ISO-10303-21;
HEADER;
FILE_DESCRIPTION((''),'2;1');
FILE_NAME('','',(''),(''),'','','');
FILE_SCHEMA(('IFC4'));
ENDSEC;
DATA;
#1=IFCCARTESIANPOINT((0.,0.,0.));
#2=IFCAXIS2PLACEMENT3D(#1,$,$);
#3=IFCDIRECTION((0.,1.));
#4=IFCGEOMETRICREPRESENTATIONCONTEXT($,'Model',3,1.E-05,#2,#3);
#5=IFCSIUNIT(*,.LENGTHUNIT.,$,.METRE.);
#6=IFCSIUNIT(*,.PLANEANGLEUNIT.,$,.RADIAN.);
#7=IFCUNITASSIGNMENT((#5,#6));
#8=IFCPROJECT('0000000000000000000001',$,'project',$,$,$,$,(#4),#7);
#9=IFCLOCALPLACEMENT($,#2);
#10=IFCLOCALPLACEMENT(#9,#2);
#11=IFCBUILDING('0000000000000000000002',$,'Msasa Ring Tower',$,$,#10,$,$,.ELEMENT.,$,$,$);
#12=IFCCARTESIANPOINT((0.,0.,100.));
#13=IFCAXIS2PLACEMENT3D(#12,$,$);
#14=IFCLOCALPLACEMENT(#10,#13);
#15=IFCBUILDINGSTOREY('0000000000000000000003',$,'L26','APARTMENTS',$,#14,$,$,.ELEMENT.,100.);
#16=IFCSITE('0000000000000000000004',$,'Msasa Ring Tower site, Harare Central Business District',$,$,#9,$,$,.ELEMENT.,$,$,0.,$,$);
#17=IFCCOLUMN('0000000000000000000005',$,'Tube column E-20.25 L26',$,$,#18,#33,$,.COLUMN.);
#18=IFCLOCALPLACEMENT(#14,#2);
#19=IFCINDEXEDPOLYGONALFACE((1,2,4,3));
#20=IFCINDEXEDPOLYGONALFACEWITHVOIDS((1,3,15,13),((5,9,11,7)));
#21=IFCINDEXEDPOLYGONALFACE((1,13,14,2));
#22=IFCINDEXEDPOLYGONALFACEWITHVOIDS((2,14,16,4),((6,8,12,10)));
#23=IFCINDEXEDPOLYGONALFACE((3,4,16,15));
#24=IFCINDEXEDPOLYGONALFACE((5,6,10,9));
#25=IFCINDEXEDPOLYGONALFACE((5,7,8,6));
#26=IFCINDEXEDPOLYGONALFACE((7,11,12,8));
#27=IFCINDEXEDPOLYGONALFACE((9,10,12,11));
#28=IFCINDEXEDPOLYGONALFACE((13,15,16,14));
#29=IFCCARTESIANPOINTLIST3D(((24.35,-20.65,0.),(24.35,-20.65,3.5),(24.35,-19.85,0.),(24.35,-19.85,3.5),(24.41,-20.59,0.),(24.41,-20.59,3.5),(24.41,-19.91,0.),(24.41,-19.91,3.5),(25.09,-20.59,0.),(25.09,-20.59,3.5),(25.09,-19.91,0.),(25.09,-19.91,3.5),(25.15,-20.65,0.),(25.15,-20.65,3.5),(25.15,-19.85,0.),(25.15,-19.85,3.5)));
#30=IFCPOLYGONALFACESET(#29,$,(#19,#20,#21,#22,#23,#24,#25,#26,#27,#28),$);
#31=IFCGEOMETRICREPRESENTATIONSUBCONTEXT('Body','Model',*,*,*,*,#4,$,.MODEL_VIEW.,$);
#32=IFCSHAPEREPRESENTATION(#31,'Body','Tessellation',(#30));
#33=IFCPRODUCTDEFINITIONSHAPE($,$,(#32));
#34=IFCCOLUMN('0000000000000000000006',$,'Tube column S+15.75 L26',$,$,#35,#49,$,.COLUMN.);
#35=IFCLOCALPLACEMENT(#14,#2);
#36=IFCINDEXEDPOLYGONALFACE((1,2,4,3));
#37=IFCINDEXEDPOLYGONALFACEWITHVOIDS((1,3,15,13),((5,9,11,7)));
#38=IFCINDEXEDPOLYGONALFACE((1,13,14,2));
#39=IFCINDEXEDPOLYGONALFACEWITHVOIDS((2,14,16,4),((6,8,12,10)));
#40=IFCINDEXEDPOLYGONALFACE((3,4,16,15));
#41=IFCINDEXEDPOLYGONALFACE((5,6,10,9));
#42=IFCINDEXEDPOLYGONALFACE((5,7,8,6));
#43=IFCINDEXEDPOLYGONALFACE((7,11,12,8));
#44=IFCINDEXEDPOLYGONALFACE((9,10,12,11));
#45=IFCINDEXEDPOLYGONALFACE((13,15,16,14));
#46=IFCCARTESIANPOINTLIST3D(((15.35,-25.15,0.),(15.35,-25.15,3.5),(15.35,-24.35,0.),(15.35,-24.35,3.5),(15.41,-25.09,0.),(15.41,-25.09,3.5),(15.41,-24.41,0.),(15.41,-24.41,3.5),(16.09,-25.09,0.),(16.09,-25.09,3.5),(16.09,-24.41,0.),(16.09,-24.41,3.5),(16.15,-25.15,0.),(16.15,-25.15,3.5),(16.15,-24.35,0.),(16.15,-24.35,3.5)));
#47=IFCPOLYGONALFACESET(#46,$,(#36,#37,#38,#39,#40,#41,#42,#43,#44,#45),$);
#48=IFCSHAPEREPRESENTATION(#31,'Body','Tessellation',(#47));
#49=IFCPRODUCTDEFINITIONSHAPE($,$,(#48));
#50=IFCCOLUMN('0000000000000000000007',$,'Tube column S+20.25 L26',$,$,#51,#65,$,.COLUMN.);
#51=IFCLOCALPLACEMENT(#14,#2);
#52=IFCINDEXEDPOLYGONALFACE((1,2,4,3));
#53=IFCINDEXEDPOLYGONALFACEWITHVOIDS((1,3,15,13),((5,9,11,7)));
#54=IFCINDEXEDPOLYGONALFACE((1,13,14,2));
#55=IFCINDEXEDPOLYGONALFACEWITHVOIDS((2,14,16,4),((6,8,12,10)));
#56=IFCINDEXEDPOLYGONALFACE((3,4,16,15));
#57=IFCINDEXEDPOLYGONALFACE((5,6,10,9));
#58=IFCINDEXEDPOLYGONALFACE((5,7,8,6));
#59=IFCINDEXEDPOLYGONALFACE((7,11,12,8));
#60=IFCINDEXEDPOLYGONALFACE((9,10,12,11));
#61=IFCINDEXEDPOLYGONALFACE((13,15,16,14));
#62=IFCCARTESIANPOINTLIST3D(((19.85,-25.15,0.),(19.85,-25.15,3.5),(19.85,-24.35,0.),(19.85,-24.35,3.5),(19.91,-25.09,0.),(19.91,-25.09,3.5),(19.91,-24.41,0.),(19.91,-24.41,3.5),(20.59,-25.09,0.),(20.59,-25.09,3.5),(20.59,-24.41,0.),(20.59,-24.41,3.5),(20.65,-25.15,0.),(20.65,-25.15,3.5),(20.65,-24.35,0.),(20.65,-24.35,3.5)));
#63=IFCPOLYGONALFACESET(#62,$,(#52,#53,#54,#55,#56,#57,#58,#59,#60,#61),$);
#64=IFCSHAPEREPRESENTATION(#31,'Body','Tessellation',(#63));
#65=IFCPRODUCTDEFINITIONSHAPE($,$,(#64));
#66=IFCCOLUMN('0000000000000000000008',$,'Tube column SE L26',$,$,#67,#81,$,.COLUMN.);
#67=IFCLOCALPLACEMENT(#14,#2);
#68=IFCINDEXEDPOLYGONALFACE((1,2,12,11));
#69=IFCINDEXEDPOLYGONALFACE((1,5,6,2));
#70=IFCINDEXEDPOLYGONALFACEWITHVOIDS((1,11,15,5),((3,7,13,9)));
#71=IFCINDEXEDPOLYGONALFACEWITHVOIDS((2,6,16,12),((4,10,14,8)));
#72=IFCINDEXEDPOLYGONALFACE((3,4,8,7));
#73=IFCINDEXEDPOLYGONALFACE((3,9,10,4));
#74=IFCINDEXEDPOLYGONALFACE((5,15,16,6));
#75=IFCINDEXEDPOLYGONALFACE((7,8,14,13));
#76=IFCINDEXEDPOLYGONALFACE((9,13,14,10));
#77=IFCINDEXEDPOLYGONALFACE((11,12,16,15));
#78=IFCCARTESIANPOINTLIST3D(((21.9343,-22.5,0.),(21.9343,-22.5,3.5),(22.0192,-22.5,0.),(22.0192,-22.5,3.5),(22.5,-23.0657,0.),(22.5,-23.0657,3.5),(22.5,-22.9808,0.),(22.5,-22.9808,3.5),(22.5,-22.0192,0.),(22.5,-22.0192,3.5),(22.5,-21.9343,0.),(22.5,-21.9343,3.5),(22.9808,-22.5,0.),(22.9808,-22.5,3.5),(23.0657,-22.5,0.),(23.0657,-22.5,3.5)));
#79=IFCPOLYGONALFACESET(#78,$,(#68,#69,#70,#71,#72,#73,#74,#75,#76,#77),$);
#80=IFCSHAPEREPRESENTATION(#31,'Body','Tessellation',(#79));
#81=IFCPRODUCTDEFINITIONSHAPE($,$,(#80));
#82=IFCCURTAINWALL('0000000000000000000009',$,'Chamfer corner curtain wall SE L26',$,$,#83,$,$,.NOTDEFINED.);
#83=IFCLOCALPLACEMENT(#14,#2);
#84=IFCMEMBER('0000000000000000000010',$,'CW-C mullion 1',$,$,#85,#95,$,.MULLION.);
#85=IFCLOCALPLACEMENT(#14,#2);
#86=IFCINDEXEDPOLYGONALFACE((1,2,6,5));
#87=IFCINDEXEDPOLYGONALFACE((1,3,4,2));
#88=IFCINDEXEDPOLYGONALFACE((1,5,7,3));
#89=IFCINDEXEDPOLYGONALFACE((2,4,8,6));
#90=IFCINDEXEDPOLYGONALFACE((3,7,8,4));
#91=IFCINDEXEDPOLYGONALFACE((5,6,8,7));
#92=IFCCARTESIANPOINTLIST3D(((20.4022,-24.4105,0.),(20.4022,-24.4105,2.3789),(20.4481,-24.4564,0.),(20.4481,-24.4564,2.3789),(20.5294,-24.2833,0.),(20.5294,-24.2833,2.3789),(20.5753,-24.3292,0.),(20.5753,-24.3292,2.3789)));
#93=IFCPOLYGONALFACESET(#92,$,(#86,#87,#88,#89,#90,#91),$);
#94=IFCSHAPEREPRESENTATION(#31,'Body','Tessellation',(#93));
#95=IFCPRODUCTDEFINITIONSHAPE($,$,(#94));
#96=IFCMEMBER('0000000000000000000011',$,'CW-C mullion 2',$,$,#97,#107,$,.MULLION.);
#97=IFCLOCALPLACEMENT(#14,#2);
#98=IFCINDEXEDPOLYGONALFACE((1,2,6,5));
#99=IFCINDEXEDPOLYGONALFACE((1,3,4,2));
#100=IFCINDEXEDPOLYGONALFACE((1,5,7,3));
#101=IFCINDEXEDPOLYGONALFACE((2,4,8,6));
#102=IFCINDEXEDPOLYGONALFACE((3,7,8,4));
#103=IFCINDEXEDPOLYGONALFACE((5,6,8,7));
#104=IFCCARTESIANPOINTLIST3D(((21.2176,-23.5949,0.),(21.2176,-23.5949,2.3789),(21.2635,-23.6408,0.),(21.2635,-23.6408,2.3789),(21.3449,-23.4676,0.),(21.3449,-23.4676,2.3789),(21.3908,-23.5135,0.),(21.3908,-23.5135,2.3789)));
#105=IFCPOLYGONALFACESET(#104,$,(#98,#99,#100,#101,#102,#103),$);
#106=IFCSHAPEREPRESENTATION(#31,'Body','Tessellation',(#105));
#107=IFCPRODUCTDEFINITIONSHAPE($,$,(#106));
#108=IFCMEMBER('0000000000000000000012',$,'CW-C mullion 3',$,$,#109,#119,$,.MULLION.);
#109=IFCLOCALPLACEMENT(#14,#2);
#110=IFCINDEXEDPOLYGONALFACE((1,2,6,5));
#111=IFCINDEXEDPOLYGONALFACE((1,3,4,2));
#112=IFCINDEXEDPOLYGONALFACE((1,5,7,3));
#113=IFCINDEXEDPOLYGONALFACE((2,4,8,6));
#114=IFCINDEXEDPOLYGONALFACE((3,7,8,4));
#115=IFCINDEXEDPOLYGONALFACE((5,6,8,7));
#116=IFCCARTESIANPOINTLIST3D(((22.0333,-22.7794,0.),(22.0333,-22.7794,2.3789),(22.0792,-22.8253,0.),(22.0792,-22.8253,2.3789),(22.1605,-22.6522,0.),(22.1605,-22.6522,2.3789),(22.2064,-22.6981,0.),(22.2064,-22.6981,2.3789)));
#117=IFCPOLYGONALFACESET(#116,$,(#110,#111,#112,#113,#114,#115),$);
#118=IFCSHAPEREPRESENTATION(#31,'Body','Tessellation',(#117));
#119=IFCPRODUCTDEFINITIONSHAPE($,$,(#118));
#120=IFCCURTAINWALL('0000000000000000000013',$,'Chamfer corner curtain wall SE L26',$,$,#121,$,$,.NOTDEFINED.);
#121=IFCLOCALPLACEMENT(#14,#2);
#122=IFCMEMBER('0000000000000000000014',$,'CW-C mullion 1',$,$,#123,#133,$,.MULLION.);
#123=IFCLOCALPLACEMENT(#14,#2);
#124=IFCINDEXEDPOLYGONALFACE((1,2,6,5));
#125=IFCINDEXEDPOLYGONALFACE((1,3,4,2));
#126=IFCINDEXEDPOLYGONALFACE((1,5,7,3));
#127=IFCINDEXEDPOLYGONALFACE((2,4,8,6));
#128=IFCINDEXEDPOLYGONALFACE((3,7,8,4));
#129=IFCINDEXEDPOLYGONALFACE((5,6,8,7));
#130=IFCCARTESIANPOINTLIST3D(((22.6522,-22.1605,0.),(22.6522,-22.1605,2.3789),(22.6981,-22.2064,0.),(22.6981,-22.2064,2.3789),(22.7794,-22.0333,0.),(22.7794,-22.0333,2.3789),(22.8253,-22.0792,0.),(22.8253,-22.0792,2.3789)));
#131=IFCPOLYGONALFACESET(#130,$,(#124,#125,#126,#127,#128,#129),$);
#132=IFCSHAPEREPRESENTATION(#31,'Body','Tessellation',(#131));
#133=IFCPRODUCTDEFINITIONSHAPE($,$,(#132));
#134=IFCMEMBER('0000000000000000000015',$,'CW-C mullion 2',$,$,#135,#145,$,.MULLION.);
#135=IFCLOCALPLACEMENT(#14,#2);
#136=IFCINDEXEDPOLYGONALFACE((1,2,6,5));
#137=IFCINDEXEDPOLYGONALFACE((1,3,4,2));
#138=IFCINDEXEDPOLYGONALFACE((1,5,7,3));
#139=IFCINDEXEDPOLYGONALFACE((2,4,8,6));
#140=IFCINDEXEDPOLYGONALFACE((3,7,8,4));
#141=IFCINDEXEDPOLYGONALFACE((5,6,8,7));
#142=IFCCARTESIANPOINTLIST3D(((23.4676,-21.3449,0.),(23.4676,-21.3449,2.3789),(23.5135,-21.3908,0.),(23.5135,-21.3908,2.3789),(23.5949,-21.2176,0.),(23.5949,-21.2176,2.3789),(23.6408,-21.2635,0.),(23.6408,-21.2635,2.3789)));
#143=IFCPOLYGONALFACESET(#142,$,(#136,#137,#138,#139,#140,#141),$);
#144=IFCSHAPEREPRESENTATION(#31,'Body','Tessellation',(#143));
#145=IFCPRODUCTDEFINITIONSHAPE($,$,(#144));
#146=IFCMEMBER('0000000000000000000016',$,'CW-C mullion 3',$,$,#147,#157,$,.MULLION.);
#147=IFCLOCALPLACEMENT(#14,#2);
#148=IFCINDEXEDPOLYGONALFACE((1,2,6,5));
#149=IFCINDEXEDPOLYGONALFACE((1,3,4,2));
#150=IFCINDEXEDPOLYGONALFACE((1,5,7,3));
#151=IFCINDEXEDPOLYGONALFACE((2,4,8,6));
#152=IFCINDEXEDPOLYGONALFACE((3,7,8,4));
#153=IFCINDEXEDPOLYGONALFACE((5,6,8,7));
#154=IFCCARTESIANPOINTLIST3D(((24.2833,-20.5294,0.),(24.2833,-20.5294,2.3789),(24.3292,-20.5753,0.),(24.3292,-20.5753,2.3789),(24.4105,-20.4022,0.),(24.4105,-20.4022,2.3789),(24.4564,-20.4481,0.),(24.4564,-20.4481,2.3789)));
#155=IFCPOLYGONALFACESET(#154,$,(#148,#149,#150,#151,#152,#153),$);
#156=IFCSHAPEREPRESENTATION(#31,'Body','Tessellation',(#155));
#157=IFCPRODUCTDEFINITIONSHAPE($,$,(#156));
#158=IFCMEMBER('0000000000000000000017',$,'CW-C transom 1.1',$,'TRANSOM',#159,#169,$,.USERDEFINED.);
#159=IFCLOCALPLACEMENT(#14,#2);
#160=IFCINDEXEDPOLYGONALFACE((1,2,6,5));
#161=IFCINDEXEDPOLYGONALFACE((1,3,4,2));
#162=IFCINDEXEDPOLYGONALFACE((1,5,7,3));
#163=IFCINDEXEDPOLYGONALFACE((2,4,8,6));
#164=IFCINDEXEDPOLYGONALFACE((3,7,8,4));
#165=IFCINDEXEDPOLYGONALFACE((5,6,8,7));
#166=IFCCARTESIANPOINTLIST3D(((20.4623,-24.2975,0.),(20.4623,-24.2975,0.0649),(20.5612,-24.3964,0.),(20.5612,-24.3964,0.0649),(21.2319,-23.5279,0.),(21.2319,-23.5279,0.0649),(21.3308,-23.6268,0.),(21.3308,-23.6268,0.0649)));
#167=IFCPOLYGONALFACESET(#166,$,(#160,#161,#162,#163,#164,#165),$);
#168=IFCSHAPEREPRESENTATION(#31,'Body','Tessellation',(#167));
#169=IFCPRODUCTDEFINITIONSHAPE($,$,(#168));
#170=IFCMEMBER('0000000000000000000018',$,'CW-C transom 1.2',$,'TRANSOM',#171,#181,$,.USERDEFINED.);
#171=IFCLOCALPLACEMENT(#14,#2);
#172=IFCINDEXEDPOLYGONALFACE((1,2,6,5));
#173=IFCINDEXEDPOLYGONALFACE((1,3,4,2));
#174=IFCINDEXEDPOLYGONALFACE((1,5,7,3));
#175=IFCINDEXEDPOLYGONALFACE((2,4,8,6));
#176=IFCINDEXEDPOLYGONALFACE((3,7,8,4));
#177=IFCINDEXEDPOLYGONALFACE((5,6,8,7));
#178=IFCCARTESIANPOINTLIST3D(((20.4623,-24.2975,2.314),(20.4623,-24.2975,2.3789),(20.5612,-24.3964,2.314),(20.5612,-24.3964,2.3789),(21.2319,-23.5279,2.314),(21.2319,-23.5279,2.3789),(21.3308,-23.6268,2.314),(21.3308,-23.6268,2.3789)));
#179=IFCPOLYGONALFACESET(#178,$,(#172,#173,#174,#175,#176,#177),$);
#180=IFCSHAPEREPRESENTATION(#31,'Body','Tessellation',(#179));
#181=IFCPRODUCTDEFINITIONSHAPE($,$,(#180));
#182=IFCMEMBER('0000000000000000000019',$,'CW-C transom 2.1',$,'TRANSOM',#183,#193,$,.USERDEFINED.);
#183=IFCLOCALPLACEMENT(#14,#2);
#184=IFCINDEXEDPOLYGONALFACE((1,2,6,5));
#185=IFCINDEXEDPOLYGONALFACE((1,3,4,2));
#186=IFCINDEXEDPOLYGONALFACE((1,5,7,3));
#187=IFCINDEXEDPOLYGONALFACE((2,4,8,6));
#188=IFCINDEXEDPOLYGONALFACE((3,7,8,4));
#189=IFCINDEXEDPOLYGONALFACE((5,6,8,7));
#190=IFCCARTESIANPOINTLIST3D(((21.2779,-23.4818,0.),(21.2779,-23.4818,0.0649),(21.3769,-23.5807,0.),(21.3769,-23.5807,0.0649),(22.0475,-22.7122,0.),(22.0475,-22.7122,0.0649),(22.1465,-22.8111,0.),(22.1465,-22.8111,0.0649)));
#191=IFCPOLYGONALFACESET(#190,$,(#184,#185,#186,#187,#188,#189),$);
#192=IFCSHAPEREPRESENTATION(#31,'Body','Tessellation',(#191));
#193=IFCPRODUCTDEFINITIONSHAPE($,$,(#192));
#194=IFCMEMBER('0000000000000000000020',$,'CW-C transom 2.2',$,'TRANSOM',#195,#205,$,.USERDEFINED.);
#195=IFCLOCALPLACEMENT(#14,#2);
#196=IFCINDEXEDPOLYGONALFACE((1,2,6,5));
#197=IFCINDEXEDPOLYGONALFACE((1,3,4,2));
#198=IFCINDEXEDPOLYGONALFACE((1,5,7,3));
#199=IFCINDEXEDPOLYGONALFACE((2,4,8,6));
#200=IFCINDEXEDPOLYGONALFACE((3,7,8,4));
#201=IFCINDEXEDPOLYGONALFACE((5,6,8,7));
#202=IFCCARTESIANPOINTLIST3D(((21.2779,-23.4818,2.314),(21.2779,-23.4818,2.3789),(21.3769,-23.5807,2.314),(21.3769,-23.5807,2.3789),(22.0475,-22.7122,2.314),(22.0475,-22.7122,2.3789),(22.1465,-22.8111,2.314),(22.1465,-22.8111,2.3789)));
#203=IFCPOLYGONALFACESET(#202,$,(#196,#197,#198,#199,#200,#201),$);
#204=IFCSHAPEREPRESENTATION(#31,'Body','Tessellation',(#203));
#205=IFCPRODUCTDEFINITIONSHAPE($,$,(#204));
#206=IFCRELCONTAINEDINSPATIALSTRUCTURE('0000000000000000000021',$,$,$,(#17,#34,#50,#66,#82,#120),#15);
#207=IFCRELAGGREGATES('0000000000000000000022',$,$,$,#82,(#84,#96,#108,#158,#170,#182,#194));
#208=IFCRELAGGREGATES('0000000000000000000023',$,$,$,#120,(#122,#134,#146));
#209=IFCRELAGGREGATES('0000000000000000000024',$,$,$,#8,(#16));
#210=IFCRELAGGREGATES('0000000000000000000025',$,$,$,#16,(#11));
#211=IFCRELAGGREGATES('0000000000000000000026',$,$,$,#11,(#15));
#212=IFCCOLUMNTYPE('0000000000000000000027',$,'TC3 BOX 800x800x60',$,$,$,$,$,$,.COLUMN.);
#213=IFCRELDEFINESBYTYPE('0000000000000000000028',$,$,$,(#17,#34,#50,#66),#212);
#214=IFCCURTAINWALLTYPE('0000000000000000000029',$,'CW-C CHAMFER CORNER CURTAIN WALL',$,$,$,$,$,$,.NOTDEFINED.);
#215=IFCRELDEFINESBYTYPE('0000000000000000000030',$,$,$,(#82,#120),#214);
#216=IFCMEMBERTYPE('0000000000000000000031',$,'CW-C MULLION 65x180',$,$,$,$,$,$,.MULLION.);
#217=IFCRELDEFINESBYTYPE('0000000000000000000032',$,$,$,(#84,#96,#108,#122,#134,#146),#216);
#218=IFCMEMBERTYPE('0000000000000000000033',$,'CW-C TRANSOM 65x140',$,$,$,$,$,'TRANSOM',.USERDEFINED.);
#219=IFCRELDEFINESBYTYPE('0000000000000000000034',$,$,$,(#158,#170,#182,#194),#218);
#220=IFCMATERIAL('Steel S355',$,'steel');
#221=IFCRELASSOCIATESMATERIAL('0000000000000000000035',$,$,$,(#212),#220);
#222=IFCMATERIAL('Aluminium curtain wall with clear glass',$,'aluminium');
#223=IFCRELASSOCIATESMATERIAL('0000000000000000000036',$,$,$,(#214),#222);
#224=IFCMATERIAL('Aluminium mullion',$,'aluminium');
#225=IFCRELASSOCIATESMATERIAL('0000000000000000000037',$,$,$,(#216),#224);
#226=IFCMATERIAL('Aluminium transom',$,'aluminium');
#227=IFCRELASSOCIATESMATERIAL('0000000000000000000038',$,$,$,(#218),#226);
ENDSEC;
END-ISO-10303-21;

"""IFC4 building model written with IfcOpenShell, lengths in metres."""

from ifc_helpers import new_model, si_unit, direction, frame, origin, origin_2d, place, context, subcontext, project, spatial, rectangle, hollow_rectangle, extrude, material, material_profile, profile_set, type_object, element, aggregate, save


model = new_model("IFC4")

# Units and contexts
model_context = context("Model", 3, precision=1e-05, world=origin(), true_north=direction((0.0, 1.0)))
body_context = subcontext(model_context, "Body", "Model", "MODEL_VIEW")
ifc_project = project(units=[si_unit("LENGTHUNIT", "METRE"), si_unit("PLANEANGLEUNIT", "RADIAN")], contexts=[model_context])

# Site, building, storey
site_placement = place(None, origin())
site = spatial("IfcSite", under=ifc_project, at=site_placement, Name="Msasa Ring Tower site, Harare Central Business District", CompositionType="ELEMENT", RefElevation=0.0)
building_placement = place(site_placement, origin())
building = spatial("IfcBuilding", under=site, at=building_placement, Name="Msasa Ring Tower", CompositionType="ELEMENT")
storey_placement = place(building_placement, frame((0.0, 0.0, 100.0)))
storey = spatial("IfcBuildingStorey", under=building, at=storey_placement, Name="L26", Description="APARTMENTS", CompositionType="ELEMENT", Elevation=100.0)

# Columns
ifc_material_1 = material(Name="Steel S355", Category="steel")
ifc_material_profile_1 = material_profile(ifc_material_1, hollow_rectangle(XDim=0.8, YDim=0.8, WallThickness=0.0601, at=origin_2d()), Name="BOX 800x800x60")
ifc_profile_set_1 = profile_set([ifc_material_profile_1], Name="Steel S355")
column_type = type_object("IfcColumnType", Name="TC3 BOX 800x800x60", PredefinedType="COLUMN", material=ifc_profile_set_1)
for number, where, z_axis, x_axis, name in (
    (1, (24.75, -20.25, 0.0), (0.0, 0.0, 1.0), (1.0, 0.0, 0.0), "Tube column E-20.25 L26"),
    (2, (15.75, -24.75, 0.0), (0.0, 0.0, 1.0), (0.0, 1.0, 0.0), "Tube column S+15.75 L26"),
    (3, (20.25, -24.75, 0.0), (0.0, 0.0, 1.0), (0.0, 1.0, 0.0), "Tube column S+20.25 L26"),
    (4, (22.5, -22.5, 0.0), (0.0, 0.0, 1.0), (0.707107, -0.707107, 0.0), "Tube column SE L26"),
):
    element("IfcColumn", number, at=place(storey_placement, frame(where, z_axis=z_axis, x_axis=x_axis)), inside=storey, type_object=column_type, Name=name, PredefinedType="COLUMN", context=body_context, shape_type="SweptSolid", body=[
        extrude(hollow_rectangle(XDim=0.8, YDim=0.8, WallThickness=0.0601, at=origin_2d()), origin(), (0.0, 0.0, 1.0), 3.5),
    ])

# Curtain walls, members
ifc_material_2 = material(Name="Aluminium curtain wall with clear glass", Category="aluminium")
curtain_wall_type = type_object("IfcCurtainWallType", Name="CW-C CHAMFER CORNER CURTAIN WALL", PredefinedType="NOTDEFINED", material=ifc_material_2)
curtain_wall_1_placement = place(storey_placement, origin())
curtain_wall_1 = element("IfcCurtainWall", 5, at=curtain_wall_1_placement, inside=storey, type_object=curtain_wall_type, Name="Chamfer corner curtain wall SE L26", PredefinedType="NOTDEFINED")
ifc_material_3 = material(Name="Aluminium mullion", Category="aluminium")
ifc_material_profile_2 = material_profile(ifc_material_3, rectangle(XDim=0.0649, YDim=0.1799, at=origin_2d()), Name="AL 65x180")
ifc_profile_set_2 = profile_set([ifc_material_profile_2], Name="Aluminium mullion")
member_type_1 = type_object("IfcMemberType", Name="CW-C MULLION 65x180", PredefinedType="MULLION", material=ifc_profile_set_2)
member_1_placement = place(storey_placement, frame((20.4888, -24.3699, 0.0), z_axis=(0.0, 0.0, 1.0), x_axis=(-0.707107, 0.707107, 0.0)))
member_1 = element("IfcMember", 6, at=member_1_placement, type_object=member_type_1, Name="CW-C mullion 1", PredefinedType="MULLION", context=body_context, shape_type="SweptSolid", body=[
    extrude(rectangle(XDim=0.0649, YDim=0.1799, at=origin_2d()), origin(), (0.0, 0.0, 1.0), 2.3789),
])
member_2_placement = place(storey_placement, frame((21.3042, -23.5542, 0.0), z_axis=(0.0, 0.0, 1.0), x_axis=(-0.707107, 0.707107, 0.0)))
member_2 = element("IfcMember", 7, at=member_2_placement, type_object=member_type_1, Name="CW-C mullion 2", PredefinedType="MULLION", context=body_context, shape_type="SweptSolid", body=[
    extrude(rectangle(XDim=0.0649, YDim=0.1799, at=origin_2d()), origin(), (0.0, 0.0, 1.0), 2.3789),
])
member_3_placement = place(storey_placement, frame((22.1199, -22.7388, 0.0), z_axis=(0.0, 0.0, 1.0), x_axis=(-0.707107, 0.707107, 0.0)))
member_3 = element("IfcMember", 8, at=member_3_placement, type_object=member_type_1, Name="CW-C mullion 3", PredefinedType="MULLION", context=body_context, shape_type="SweptSolid", body=[
    extrude(rectangle(XDim=0.0649, YDim=0.1799, at=origin_2d()), origin(), (0.0, 0.0, 1.0), 2.3789),
])
curtain_wall_2_placement = place(storey_placement, origin())
curtain_wall_2 = element("IfcCurtainWall", 9, at=curtain_wall_2_placement, inside=storey, type_object=curtain_wall_type, Name="Chamfer corner curtain wall SE L26", PredefinedType="NOTDEFINED")
member_4_placement = place(storey_placement, frame((22.7388, -22.1199, 0.0), z_axis=(0.0, 0.0, 1.0), x_axis=(-0.707107, 0.707107, 0.0)))
member_4 = element("IfcMember", 10, at=member_4_placement, type_object=member_type_1, Name="CW-C mullion 1", PredefinedType="MULLION", context=body_context, shape_type="SweptSolid", body=[
    extrude(rectangle(XDim=0.0649, YDim=0.1799, at=origin_2d()), origin(), (0.0, 0.0, 1.0), 2.3789),
])
member_5_placement = place(storey_placement, frame((23.5542, -21.3042, 0.0), z_axis=(0.0, 0.0, 1.0), x_axis=(-0.707107, 0.707107, 0.0)))
member_5 = element("IfcMember", 11, at=member_5_placement, type_object=member_type_1, Name="CW-C mullion 2", PredefinedType="MULLION", context=body_context, shape_type="SweptSolid", body=[
    extrude(rectangle(XDim=0.0649, YDim=0.1799, at=origin_2d()), origin(), (0.0, 0.0, 1.0), 2.3789),
])
member_6_placement = place(storey_placement, frame((24.3699, -20.4888, 0.0), z_axis=(0.0, 0.0, 1.0), x_axis=(-0.707107, 0.707107, 0.0)))
member_6 = element("IfcMember", 12, at=member_6_placement, type_object=member_type_1, Name="CW-C mullion 3", PredefinedType="MULLION", context=body_context, shape_type="SweptSolid", body=[
    extrude(rectangle(XDim=0.0649, YDim=0.1799, at=origin_2d()), origin(), (0.0, 0.0, 1.0), 2.3789),
])

# Members
ifc_material_4 = material(Name="Aluminium transom", Category="aluminium")
ifc_material_profile_3 = material_profile(ifc_material_4, rectangle(XDim=0.1399, YDim=0.0649, at=origin_2d()), Name="AL 65x140")
ifc_profile_set_3 = profile_set([ifc_material_profile_3], Name="Aluminium transom")
member_type_2 = type_object("IfcMemberType", Name="CW-C TRANSOM 65x140", ElementType="TRANSOM", PredefinedType="USERDEFINED", material=ifc_profile_set_3)
member_7_placement = place(storey_placement, frame((20.5117, -24.3469, 0.0325), z_axis=(0.707107, 0.707107, 0.0), x_axis=(-0.707107, 0.707107, 0.0)))
member_7 = element("IfcMember", 13, at=member_7_placement, type_object=member_type_2, Name="CW-C transom 1.1", ObjectType="TRANSOM", PredefinedType="USERDEFINED", context=body_context, shape_type="SweptSolid", body=[
    extrude(rectangle(XDim=0.1399, YDim=0.0649, at=origin_2d()), origin(), (0.0, 0.0, 1.0), 1.0884),
])
member_8_placement = place(storey_placement, frame((20.5117, -24.3469, 2.3464), z_axis=(0.707107, 0.707107, 0.0), x_axis=(-0.707107, 0.707107, 0.0)))
member_8 = element("IfcMember", 14, at=member_8_placement, type_object=member_type_2, Name="CW-C transom 1.2", ObjectType="TRANSOM", PredefinedType="USERDEFINED", context=body_context, shape_type="SweptSolid", body=[
    extrude(rectangle(XDim=0.1399, YDim=0.0649, at=origin_2d()), origin(), (0.0, 0.0, 1.0), 1.0884),
])
member_9_placement = place(storey_placement, frame((21.3274, -23.5312, 0.0325), z_axis=(0.707107, 0.707107, 0.0), x_axis=(-0.707107, 0.707107, 0.0)))
member_9 = element("IfcMember", 15, at=member_9_placement, type_object=member_type_2, Name="CW-C transom 2.1", ObjectType="TRANSOM", PredefinedType="USERDEFINED", context=body_context, shape_type="SweptSolid", body=[
    extrude(rectangle(XDim=0.1399, YDim=0.0649, at=origin_2d()), origin(), (0.0, 0.0, 1.0), 1.0884),
])
member_10_placement = place(storey_placement, frame((21.3274, -23.5312, 2.3464), z_axis=(0.707107, 0.707107, 0.0), x_axis=(-0.707107, 0.707107, 0.0)))
member_10 = element("IfcMember", 16, at=member_10_placement, type_object=member_type_2, Name="CW-C transom 2.2", ObjectType="TRANSOM", PredefinedType="USERDEFINED", context=body_context, shape_type="SweptSolid", body=[
    extrude(rectangle(XDim=0.1399, YDim=0.0649, at=origin_2d()), origin(), (0.0, 0.0, 1.0), 1.0884),
])

aggregate(curtain_wall_1, [member_1, member_2, member_3, member_7, member_8, member_9, member_10])
aggregate(curtain_wall_2, [member_4, member_5, member_6])

save(model, "model.ifc")
